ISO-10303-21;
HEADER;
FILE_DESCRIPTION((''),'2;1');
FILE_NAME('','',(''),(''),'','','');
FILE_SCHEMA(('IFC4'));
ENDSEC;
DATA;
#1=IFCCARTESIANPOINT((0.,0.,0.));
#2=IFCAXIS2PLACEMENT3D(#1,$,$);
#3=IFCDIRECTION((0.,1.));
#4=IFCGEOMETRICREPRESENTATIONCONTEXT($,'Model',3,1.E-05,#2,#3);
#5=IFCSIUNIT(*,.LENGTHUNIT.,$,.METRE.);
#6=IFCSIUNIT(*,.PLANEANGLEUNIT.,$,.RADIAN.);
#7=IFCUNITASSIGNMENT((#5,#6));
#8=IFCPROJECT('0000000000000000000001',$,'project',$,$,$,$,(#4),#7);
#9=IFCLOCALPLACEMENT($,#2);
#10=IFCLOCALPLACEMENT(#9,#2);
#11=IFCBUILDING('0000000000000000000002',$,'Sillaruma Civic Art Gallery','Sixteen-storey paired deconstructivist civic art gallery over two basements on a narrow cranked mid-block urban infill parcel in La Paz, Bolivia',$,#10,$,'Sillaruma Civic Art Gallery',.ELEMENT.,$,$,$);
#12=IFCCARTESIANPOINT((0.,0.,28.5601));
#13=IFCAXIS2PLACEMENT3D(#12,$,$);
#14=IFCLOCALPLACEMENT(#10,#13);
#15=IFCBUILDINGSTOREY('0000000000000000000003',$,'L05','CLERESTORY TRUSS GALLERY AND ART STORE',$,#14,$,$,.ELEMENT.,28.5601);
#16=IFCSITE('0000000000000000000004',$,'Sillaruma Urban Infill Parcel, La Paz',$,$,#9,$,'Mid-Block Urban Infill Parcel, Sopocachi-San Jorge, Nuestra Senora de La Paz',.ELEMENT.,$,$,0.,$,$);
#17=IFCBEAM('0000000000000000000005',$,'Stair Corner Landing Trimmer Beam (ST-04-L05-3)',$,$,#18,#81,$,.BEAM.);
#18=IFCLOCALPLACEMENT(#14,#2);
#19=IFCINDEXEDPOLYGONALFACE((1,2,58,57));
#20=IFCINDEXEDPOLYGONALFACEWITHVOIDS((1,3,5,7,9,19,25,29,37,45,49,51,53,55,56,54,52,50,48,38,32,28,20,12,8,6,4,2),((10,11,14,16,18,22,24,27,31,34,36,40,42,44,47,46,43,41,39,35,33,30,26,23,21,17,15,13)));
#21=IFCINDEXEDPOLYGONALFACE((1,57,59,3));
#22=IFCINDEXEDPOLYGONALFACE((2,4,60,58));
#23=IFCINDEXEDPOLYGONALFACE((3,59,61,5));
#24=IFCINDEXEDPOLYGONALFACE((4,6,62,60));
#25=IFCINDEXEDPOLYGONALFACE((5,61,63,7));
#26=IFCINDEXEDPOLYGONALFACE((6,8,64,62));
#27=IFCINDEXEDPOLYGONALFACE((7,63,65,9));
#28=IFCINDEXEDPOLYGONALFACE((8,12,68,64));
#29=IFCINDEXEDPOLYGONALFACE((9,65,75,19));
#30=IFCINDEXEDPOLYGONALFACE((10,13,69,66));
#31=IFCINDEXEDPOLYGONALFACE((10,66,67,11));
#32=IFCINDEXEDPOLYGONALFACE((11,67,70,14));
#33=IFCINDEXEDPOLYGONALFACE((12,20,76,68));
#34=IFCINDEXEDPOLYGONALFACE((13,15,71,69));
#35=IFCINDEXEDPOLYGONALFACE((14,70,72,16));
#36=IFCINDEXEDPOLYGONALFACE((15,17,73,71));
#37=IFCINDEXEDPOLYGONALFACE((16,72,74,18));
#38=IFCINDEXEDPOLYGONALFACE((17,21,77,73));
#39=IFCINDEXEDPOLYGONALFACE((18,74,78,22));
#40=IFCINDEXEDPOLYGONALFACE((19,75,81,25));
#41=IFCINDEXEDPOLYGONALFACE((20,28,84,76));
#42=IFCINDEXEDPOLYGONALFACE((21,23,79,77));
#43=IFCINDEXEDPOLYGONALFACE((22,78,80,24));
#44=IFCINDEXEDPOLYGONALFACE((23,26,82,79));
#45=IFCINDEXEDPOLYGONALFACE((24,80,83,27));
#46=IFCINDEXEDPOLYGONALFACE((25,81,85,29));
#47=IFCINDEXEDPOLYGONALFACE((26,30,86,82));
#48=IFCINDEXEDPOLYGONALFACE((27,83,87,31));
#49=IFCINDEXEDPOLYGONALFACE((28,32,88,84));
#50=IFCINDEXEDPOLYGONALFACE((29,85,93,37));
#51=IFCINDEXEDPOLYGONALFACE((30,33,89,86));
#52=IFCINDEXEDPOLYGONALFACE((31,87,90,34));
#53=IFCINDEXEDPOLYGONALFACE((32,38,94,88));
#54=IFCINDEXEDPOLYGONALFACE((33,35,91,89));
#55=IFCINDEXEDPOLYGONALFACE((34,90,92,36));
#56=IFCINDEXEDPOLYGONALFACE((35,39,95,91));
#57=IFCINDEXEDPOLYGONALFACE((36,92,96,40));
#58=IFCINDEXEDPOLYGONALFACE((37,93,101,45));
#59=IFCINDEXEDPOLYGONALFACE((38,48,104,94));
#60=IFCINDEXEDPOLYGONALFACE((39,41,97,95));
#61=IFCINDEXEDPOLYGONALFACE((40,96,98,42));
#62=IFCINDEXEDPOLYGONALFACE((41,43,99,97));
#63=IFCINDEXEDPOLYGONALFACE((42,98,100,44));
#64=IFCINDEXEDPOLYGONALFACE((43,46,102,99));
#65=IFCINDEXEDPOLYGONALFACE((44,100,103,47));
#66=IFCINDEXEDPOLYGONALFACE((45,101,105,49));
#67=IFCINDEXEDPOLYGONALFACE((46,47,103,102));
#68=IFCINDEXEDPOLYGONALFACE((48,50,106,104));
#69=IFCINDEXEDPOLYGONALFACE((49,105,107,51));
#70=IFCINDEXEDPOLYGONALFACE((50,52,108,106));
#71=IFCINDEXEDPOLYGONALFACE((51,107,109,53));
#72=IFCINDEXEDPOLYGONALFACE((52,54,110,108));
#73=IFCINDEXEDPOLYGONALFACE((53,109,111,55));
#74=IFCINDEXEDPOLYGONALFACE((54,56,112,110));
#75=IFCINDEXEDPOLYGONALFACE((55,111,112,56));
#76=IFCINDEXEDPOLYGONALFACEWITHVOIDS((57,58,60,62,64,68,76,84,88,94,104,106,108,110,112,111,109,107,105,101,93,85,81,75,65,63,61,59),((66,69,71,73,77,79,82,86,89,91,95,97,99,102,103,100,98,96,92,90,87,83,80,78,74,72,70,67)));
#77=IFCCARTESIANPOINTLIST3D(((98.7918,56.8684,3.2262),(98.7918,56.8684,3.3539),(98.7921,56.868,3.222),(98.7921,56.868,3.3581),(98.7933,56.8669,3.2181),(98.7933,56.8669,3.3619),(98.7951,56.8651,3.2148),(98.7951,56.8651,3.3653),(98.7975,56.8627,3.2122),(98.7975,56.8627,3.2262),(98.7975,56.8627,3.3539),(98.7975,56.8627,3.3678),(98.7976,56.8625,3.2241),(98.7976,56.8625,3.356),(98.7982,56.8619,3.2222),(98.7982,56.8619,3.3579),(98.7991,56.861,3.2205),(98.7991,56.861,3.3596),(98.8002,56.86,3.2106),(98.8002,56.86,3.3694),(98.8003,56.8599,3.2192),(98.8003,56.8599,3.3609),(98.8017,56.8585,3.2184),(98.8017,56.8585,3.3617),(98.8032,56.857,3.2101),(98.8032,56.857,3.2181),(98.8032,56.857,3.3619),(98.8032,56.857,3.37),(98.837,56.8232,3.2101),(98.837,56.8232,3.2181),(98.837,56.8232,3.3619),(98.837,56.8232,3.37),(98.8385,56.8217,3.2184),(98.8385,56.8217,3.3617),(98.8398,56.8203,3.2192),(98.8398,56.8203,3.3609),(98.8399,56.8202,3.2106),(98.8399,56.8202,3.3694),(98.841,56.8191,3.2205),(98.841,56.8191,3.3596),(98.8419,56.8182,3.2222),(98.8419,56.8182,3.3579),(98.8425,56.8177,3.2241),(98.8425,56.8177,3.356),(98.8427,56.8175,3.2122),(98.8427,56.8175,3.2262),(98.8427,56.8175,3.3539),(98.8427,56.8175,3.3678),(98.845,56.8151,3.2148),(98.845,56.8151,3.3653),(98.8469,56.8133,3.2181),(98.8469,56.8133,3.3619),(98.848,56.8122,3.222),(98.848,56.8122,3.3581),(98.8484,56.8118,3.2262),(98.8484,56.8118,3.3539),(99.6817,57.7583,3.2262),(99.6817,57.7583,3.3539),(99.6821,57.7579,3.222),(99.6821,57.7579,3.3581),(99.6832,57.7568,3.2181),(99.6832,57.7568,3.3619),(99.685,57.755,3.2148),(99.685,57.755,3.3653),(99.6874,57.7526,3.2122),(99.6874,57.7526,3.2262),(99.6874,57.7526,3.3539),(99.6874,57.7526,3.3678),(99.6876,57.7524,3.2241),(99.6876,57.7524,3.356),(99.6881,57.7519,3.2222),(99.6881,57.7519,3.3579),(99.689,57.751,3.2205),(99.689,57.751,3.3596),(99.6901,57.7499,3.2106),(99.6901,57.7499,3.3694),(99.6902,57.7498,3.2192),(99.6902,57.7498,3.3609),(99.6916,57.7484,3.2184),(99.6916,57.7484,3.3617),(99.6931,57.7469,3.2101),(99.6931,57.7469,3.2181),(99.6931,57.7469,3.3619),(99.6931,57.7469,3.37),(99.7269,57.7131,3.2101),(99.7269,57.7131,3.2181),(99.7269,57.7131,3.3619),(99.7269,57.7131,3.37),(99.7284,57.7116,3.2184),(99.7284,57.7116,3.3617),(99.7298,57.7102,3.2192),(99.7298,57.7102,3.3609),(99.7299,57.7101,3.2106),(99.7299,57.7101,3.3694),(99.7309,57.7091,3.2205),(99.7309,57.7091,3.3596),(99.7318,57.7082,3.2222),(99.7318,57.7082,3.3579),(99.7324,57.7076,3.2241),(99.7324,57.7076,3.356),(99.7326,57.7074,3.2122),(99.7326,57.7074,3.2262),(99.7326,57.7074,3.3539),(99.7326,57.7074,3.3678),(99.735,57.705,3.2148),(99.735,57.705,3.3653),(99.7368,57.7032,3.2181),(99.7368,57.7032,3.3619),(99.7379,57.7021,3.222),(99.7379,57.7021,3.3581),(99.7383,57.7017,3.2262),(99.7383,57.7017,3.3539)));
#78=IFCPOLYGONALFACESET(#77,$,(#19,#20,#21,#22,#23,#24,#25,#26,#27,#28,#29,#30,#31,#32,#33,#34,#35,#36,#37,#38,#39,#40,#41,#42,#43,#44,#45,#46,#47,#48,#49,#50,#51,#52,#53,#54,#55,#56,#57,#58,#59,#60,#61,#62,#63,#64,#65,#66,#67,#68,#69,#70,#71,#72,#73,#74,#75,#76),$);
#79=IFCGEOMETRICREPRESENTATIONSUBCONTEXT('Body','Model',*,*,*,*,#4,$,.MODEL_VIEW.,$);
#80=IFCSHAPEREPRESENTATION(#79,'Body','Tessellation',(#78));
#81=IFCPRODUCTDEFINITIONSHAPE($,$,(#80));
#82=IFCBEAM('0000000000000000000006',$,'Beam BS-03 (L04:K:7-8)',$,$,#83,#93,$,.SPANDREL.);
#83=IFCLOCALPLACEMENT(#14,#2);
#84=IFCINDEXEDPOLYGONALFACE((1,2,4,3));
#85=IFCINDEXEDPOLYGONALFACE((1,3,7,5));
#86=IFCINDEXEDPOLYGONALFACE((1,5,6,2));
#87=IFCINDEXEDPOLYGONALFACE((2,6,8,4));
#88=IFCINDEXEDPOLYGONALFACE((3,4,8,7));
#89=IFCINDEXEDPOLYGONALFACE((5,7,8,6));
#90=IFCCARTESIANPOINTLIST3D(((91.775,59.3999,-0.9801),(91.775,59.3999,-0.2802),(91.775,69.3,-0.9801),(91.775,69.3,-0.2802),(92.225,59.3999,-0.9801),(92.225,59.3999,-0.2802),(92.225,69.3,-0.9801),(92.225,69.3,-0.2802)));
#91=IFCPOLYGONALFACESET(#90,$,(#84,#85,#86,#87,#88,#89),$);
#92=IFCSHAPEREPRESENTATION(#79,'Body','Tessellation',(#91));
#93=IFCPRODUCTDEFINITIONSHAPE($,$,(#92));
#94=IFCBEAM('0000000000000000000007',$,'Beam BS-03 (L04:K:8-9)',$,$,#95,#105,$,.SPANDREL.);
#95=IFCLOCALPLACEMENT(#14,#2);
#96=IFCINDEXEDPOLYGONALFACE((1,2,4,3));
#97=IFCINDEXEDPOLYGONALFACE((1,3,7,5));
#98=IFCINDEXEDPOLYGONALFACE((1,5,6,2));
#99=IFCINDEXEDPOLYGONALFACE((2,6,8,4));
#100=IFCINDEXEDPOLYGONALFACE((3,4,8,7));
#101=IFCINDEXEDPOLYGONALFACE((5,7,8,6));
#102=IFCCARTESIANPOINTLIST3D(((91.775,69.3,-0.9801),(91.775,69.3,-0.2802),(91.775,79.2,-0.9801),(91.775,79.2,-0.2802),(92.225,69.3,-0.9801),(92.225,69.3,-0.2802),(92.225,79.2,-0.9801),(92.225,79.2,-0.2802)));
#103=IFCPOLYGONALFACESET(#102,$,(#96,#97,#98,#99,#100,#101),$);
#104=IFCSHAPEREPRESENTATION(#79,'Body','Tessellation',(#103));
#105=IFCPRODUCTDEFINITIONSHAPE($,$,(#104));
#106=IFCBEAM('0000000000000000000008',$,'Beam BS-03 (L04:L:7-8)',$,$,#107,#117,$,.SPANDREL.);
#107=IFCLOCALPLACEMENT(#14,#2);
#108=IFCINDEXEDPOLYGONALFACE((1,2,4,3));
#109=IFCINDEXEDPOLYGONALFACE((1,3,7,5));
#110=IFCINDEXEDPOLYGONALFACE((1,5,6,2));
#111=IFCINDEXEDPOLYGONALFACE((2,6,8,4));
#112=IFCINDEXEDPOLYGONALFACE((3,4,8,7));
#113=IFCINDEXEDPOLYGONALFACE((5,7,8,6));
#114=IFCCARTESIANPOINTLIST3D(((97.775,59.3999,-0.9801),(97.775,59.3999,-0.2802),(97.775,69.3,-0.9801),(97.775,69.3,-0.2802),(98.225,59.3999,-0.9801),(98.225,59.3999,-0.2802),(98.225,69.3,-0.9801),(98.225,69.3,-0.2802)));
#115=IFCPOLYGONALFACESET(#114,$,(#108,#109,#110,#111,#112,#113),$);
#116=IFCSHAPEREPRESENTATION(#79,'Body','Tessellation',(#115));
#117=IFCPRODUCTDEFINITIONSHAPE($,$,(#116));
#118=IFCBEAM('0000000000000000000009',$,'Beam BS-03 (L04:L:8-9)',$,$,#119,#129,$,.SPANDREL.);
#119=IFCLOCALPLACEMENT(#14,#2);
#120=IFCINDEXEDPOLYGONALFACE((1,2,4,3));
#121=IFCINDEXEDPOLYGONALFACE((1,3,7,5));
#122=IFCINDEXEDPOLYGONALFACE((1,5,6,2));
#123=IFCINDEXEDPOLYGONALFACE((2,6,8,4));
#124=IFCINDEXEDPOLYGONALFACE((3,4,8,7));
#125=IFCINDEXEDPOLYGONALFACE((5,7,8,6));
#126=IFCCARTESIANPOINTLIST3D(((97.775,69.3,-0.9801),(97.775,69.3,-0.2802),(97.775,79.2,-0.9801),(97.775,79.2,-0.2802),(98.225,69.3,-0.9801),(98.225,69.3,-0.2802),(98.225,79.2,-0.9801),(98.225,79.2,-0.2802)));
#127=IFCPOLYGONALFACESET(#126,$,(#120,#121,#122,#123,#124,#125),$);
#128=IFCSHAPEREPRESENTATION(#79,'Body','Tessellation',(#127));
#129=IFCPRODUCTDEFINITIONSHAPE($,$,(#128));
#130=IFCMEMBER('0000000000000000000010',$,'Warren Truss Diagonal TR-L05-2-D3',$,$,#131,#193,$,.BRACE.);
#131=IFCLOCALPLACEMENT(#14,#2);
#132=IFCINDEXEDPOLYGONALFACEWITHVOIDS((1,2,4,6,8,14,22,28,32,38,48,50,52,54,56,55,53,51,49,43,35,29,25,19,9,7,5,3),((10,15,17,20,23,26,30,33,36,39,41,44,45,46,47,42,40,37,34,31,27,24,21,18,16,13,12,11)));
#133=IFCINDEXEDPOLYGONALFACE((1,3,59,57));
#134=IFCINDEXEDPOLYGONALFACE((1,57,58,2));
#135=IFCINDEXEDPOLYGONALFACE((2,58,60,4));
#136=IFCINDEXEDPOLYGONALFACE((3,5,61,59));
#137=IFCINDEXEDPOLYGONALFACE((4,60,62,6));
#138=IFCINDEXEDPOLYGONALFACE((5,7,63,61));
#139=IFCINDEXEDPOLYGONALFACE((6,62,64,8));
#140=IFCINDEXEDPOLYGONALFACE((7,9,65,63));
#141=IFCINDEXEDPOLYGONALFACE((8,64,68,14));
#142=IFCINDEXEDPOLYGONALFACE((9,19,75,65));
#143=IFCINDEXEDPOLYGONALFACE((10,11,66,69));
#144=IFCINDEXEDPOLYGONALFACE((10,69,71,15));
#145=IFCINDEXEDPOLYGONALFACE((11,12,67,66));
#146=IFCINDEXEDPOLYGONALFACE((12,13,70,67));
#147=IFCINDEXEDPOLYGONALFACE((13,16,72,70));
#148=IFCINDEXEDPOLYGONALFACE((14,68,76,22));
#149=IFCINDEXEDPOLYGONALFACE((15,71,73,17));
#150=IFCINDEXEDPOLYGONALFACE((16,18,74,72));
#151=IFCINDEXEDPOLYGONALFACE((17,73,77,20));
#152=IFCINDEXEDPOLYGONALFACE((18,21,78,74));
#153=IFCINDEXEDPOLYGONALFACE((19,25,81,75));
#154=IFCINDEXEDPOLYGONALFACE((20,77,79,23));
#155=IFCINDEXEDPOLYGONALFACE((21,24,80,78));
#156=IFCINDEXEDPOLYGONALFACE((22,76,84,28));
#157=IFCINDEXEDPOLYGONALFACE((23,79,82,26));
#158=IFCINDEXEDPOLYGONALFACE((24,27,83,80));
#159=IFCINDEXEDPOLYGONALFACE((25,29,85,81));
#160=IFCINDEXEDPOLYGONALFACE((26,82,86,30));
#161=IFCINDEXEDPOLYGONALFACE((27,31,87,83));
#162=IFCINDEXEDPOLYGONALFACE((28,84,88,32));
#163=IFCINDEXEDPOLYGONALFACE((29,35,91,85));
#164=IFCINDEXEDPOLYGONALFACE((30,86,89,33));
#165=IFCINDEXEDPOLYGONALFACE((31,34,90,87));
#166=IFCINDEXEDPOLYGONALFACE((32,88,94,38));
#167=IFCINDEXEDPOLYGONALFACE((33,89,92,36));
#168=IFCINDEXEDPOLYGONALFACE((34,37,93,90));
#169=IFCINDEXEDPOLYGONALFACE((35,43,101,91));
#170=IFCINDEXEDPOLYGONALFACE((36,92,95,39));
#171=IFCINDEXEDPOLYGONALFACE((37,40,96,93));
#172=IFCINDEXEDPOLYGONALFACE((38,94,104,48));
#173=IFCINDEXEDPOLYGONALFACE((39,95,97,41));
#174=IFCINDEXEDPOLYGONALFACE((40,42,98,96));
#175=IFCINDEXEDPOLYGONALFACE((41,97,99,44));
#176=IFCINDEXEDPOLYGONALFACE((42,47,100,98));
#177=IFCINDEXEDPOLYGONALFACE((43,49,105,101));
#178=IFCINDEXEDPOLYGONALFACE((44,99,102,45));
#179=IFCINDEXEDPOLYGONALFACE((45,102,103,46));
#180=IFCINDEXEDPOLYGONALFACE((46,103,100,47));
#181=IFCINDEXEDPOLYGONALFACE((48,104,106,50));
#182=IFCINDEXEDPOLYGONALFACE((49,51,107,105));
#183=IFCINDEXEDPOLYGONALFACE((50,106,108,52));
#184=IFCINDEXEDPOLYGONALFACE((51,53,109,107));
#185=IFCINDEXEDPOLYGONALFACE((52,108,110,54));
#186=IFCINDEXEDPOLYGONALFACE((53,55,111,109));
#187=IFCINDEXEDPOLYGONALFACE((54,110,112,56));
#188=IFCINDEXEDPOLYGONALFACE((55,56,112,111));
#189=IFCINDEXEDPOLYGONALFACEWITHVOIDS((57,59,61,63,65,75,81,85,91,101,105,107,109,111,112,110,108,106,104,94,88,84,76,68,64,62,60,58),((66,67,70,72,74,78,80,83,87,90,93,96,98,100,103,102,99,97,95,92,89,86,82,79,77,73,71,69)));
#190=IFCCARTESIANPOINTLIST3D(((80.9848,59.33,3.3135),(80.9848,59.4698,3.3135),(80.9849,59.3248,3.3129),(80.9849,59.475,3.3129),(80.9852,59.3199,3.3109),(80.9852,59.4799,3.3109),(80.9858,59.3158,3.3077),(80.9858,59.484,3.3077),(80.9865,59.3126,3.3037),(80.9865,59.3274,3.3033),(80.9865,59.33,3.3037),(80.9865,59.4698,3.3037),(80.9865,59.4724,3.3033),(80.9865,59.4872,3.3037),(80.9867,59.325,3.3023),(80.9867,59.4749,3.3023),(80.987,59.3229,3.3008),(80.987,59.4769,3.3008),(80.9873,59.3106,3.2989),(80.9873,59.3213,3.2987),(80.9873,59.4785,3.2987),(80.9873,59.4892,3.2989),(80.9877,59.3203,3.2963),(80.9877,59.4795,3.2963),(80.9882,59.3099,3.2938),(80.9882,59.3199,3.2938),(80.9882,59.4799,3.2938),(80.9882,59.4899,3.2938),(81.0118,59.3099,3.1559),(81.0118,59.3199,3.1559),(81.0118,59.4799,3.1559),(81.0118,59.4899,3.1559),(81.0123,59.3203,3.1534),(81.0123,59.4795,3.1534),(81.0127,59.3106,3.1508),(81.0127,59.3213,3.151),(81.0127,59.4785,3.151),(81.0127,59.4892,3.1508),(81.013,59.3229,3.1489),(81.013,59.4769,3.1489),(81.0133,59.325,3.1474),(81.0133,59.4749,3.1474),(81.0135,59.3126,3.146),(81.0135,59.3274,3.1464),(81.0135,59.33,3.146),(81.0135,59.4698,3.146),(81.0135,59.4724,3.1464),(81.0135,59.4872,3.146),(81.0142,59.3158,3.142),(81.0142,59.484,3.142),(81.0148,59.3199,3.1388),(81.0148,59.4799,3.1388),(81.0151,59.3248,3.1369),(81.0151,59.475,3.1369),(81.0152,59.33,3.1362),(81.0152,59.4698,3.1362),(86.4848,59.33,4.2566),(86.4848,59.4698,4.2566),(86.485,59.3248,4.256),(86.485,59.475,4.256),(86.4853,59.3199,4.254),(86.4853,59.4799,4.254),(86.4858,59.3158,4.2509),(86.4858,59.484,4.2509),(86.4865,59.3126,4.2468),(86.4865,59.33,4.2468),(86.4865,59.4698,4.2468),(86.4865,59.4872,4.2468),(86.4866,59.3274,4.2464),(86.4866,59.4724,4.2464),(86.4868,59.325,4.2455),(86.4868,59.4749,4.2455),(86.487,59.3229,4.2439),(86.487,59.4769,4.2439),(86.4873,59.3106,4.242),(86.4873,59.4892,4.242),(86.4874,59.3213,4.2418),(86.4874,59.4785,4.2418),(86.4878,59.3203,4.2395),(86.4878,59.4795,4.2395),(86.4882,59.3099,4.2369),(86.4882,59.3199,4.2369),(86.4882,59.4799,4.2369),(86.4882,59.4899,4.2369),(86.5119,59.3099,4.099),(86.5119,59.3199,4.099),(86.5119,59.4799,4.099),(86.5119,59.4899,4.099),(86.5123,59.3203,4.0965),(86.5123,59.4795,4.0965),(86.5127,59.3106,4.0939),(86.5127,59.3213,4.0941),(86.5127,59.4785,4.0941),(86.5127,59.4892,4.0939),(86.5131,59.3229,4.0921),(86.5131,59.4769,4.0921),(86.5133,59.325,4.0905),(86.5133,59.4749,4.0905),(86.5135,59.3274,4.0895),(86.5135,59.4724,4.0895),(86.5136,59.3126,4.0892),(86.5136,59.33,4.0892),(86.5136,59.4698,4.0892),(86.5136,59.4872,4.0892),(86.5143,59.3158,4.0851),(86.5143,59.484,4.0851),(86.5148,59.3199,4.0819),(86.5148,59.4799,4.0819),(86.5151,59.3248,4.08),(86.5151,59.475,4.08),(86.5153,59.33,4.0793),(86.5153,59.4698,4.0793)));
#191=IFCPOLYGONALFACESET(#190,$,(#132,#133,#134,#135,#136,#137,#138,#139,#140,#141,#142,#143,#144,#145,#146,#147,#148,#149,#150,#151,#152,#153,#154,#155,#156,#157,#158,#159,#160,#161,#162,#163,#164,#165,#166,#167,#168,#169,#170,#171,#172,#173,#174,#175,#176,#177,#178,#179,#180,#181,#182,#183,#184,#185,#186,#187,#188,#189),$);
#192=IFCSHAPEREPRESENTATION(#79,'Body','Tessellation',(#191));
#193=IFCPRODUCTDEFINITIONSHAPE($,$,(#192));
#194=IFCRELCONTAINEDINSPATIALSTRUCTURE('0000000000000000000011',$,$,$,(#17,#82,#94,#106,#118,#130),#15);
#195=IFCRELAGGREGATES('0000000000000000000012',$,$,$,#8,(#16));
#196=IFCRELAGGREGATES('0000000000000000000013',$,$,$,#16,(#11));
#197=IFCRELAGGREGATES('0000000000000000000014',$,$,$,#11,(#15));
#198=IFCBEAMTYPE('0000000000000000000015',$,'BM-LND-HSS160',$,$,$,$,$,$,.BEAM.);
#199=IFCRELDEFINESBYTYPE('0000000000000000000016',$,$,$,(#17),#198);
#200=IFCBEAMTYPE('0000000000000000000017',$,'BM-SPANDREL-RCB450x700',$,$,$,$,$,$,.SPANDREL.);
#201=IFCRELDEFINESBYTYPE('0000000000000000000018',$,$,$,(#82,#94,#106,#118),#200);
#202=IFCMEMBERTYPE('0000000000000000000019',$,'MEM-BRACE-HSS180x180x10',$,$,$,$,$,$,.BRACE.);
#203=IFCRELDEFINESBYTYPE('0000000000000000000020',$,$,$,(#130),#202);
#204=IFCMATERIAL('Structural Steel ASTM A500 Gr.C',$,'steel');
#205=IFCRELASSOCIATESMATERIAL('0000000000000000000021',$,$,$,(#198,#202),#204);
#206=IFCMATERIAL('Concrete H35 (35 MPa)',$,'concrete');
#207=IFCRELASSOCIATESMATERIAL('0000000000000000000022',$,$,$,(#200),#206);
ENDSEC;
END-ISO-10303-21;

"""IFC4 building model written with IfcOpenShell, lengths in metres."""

from ifc_helpers import new_model, si_unit, direction, frame, origin, origin_2d, place, context, subcontext, project, spatial, rectangle, hollow_rectangle, extrude, material, material_profile, profile_set, type_object, element, save


model = new_model("IFC4")

# Units and contexts
model_context = context("Model", 3, precision=1e-05, world=origin(), true_north=direction((0.0, 1.0)))
body_context = subcontext(model_context, "Body", "Model", "MODEL_VIEW")
ifc_project = project(units=[si_unit("LENGTHUNIT", "METRE"), si_unit("PLANEANGLEUNIT", "RADIAN")], contexts=[model_context])

# Site, building, storey
site_placement = place(None, origin())
site = spatial("IfcSite", under=ifc_project, at=site_placement, Name="Sillaruma Urban Infill Parcel, La Paz", LongName="Mid-Block Urban Infill Parcel, Sopocachi-San Jorge, Nuestra Senora de La Paz", CompositionType="ELEMENT", RefElevation=0.0)
building_placement = place(site_placement, origin())
building = spatial("IfcBuilding", under=site, at=building_placement, Name="Sillaruma Civic Art Gallery", Description="Sixteen-storey paired deconstructivist civic art gallery over two basements on a narrow cranked mid-block urban infill parcel in La Paz, Bolivia", LongName="Sillaruma Civic Art Gallery", CompositionType="ELEMENT")
storey_placement = place(building_placement, frame((0.0, 0.0, 28.5601)))
storey = spatial("IfcBuildingStorey", under=building, at=storey_placement, Name="L05", Description="CLERESTORY TRUSS GALLERY AND ART STORE", CompositionType="ELEMENT", Elevation=28.5601)

# Beams
ifc_material_1 = material(Name="Concrete H35 (35 MPa)", Category="concrete")
ifc_material_2 = material(Name="Structural Steel ASTM A500 Gr.C", Category="steel")
ifc_material_profile_1 = material_profile(ifc_material_2, hollow_rectangle(XDim=0.0801, YDim=0.1599, WallThickness=0.0081, InnerFilletRadius=0.0081, OuterFilletRadius=0.0161, at=origin_2d()), Name="HSS160x80x8")
ifc_profile_set_1 = profile_set([ifc_material_profile_1], Name="Structural Steel ASTM A500 Gr.C")
beam_type_1 = type_object("IfcBeamType", Name="BM-LND-HSS160", PredefinedType="BEAM", material=ifc_profile_set_1)
for number, where, z_axis, x_axis, name in (
    (1, (98.8201, 56.8401, 3.29), (0.707107, 0.707107, 0.0), (-0.707107, 0.707107, 0.0), "Stair Corner Landing Trimmer Beam (ST-04-L05-3)"),
):
    element("IfcBeam", number, at=place(storey_placement, frame(where, z_axis=z_axis, x_axis=x_axis)), inside=storey, type_object=beam_type_1, Name=name, PredefinedType="BEAM", context=body_context, shape_type="SweptSolid", body=[
        extrude(hollow_rectangle(XDim=0.0801, YDim=0.1599, WallThickness=0.0081, InnerFilletRadius=0.0081, OuterFilletRadius=0.0161, at=origin_2d()), origin(), (0.0, 0.0, 1.0), 1.2585),
    ])
ifc_material_profile_2 = material_profile(ifc_material_1, rectangle(XDim=0.45, YDim=0.7, at=origin_2d()), Name="RCB450x700")
ifc_profile_set_2 = profile_set([ifc_material_profile_2], Name="Concrete H35 (35 MPa)")
beam_type_2 = type_object("IfcBeamType", Name="BM-SPANDREL-RCB450x700", PredefinedType="SPANDREL", material=ifc_profile_set_2)
beam_1_placement = place(storey_placement, frame((92.0, 59.3999, -0.6301), z_axis=(0.0, 1.0, 0.0), x_axis=(-1.0, 0.0, 0.0)))
element("IfcBeam", 2, at=beam_1_placement, inside=storey, type_object=beam_type_2, Name="Beam BS-03 (L04:K:7-8)", PredefinedType="SPANDREL", context=body_context, shape_type="SweptSolid", body=[
    extrude(rectangle(XDim=0.45, YDim=0.7, at=origin_2d()), origin(), (0.0, 0.0, 1.0), 9.9001),
])
beam_2_placement = place(storey_placement, frame((92.0, 69.3, -0.6301), z_axis=(0.0, 1.0, 0.0), x_axis=(-1.0, 0.0, 0.0)))
element("IfcBeam", 3, at=beam_2_placement, inside=storey, type_object=beam_type_2, Name="Beam BS-03 (L04:K:8-9)", PredefinedType="SPANDREL", context=body_context, shape_type="SweptSolid", body=[
    extrude(rectangle(XDim=0.45, YDim=0.7, at=origin_2d()), origin(), (0.0, 0.0, 1.0), 9.8999),
])
beam_3_placement = place(storey_placement, frame((98.0, 59.3999, -0.6301), z_axis=(0.0, 1.0, 0.0), x_axis=(-1.0, 0.0, 0.0)))
element("IfcBeam", 4, at=beam_3_placement, inside=storey, type_object=beam_type_2, Name="Beam BS-03 (L04:L:7-8)", PredefinedType="SPANDREL", context=body_context, shape_type="SweptSolid", body=[
    extrude(rectangle(XDim=0.45, YDim=0.7, at=origin_2d()), origin(), (0.0, 0.0, 1.0), 9.9001),
])
beam_4_placement = place(storey_placement, frame((98.0, 69.3, -0.6301), z_axis=(0.0, 1.0, 0.0), x_axis=(-1.0, 0.0, 0.0)))
element("IfcBeam", 5, at=beam_4_placement, inside=storey, type_object=beam_type_2, Name="Beam BS-03 (L04:L:8-9)", PredefinedType="SPANDREL", context=body_context, shape_type="SweptSolid", body=[
    extrude(rectangle(XDim=0.45, YDim=0.7, at=origin_2d()), origin(), (0.0, 0.0, 1.0), 9.8999),
])

# Member
ifc_material_profile_3 = material_profile(ifc_material_2, hollow_rectangle(XDim=0.1799, YDim=0.1799, WallThickness=0.01, InnerFilletRadius=0.01, OuterFilletRadius=0.02, at=origin_2d()), Name="HSS180x180x10")
ifc_profile_set_3 = profile_set([ifc_material_profile_3], Name="Structural Steel ASTM A500 Gr.C")
member_type_1 = type_object("IfcMemberType", Name="MEM-BRACE-HSS180x180x10", PredefinedType="BRACE", material=ifc_profile_set_3)
for number, where, z_axis, x_axis, name in (
    (6, (81.0, 59.3999, 3.2249), (0.985615, 0.0, 0.169009), (0.0, 1.0, 0.0), "Warren Truss Diagonal TR-L05-2-D3"),
):
    element("IfcMember", number, at=place(storey_placement, frame(where, z_axis=z_axis, x_axis=x_axis)), inside=storey, type_object=member_type_1, Name=name, PredefinedType="BRACE", context=body_context, shape_type="SweptSolid", body=[
        extrude(hollow_rectangle(XDim=0.1799, YDim=0.1799, WallThickness=0.01, InnerFilletRadius=0.01, OuterFilletRadius=0.02, at=origin_2d()), origin(), (0.0, 0.0, 1.0), 5.5803),
    ])

save(model, "model.ifc")
